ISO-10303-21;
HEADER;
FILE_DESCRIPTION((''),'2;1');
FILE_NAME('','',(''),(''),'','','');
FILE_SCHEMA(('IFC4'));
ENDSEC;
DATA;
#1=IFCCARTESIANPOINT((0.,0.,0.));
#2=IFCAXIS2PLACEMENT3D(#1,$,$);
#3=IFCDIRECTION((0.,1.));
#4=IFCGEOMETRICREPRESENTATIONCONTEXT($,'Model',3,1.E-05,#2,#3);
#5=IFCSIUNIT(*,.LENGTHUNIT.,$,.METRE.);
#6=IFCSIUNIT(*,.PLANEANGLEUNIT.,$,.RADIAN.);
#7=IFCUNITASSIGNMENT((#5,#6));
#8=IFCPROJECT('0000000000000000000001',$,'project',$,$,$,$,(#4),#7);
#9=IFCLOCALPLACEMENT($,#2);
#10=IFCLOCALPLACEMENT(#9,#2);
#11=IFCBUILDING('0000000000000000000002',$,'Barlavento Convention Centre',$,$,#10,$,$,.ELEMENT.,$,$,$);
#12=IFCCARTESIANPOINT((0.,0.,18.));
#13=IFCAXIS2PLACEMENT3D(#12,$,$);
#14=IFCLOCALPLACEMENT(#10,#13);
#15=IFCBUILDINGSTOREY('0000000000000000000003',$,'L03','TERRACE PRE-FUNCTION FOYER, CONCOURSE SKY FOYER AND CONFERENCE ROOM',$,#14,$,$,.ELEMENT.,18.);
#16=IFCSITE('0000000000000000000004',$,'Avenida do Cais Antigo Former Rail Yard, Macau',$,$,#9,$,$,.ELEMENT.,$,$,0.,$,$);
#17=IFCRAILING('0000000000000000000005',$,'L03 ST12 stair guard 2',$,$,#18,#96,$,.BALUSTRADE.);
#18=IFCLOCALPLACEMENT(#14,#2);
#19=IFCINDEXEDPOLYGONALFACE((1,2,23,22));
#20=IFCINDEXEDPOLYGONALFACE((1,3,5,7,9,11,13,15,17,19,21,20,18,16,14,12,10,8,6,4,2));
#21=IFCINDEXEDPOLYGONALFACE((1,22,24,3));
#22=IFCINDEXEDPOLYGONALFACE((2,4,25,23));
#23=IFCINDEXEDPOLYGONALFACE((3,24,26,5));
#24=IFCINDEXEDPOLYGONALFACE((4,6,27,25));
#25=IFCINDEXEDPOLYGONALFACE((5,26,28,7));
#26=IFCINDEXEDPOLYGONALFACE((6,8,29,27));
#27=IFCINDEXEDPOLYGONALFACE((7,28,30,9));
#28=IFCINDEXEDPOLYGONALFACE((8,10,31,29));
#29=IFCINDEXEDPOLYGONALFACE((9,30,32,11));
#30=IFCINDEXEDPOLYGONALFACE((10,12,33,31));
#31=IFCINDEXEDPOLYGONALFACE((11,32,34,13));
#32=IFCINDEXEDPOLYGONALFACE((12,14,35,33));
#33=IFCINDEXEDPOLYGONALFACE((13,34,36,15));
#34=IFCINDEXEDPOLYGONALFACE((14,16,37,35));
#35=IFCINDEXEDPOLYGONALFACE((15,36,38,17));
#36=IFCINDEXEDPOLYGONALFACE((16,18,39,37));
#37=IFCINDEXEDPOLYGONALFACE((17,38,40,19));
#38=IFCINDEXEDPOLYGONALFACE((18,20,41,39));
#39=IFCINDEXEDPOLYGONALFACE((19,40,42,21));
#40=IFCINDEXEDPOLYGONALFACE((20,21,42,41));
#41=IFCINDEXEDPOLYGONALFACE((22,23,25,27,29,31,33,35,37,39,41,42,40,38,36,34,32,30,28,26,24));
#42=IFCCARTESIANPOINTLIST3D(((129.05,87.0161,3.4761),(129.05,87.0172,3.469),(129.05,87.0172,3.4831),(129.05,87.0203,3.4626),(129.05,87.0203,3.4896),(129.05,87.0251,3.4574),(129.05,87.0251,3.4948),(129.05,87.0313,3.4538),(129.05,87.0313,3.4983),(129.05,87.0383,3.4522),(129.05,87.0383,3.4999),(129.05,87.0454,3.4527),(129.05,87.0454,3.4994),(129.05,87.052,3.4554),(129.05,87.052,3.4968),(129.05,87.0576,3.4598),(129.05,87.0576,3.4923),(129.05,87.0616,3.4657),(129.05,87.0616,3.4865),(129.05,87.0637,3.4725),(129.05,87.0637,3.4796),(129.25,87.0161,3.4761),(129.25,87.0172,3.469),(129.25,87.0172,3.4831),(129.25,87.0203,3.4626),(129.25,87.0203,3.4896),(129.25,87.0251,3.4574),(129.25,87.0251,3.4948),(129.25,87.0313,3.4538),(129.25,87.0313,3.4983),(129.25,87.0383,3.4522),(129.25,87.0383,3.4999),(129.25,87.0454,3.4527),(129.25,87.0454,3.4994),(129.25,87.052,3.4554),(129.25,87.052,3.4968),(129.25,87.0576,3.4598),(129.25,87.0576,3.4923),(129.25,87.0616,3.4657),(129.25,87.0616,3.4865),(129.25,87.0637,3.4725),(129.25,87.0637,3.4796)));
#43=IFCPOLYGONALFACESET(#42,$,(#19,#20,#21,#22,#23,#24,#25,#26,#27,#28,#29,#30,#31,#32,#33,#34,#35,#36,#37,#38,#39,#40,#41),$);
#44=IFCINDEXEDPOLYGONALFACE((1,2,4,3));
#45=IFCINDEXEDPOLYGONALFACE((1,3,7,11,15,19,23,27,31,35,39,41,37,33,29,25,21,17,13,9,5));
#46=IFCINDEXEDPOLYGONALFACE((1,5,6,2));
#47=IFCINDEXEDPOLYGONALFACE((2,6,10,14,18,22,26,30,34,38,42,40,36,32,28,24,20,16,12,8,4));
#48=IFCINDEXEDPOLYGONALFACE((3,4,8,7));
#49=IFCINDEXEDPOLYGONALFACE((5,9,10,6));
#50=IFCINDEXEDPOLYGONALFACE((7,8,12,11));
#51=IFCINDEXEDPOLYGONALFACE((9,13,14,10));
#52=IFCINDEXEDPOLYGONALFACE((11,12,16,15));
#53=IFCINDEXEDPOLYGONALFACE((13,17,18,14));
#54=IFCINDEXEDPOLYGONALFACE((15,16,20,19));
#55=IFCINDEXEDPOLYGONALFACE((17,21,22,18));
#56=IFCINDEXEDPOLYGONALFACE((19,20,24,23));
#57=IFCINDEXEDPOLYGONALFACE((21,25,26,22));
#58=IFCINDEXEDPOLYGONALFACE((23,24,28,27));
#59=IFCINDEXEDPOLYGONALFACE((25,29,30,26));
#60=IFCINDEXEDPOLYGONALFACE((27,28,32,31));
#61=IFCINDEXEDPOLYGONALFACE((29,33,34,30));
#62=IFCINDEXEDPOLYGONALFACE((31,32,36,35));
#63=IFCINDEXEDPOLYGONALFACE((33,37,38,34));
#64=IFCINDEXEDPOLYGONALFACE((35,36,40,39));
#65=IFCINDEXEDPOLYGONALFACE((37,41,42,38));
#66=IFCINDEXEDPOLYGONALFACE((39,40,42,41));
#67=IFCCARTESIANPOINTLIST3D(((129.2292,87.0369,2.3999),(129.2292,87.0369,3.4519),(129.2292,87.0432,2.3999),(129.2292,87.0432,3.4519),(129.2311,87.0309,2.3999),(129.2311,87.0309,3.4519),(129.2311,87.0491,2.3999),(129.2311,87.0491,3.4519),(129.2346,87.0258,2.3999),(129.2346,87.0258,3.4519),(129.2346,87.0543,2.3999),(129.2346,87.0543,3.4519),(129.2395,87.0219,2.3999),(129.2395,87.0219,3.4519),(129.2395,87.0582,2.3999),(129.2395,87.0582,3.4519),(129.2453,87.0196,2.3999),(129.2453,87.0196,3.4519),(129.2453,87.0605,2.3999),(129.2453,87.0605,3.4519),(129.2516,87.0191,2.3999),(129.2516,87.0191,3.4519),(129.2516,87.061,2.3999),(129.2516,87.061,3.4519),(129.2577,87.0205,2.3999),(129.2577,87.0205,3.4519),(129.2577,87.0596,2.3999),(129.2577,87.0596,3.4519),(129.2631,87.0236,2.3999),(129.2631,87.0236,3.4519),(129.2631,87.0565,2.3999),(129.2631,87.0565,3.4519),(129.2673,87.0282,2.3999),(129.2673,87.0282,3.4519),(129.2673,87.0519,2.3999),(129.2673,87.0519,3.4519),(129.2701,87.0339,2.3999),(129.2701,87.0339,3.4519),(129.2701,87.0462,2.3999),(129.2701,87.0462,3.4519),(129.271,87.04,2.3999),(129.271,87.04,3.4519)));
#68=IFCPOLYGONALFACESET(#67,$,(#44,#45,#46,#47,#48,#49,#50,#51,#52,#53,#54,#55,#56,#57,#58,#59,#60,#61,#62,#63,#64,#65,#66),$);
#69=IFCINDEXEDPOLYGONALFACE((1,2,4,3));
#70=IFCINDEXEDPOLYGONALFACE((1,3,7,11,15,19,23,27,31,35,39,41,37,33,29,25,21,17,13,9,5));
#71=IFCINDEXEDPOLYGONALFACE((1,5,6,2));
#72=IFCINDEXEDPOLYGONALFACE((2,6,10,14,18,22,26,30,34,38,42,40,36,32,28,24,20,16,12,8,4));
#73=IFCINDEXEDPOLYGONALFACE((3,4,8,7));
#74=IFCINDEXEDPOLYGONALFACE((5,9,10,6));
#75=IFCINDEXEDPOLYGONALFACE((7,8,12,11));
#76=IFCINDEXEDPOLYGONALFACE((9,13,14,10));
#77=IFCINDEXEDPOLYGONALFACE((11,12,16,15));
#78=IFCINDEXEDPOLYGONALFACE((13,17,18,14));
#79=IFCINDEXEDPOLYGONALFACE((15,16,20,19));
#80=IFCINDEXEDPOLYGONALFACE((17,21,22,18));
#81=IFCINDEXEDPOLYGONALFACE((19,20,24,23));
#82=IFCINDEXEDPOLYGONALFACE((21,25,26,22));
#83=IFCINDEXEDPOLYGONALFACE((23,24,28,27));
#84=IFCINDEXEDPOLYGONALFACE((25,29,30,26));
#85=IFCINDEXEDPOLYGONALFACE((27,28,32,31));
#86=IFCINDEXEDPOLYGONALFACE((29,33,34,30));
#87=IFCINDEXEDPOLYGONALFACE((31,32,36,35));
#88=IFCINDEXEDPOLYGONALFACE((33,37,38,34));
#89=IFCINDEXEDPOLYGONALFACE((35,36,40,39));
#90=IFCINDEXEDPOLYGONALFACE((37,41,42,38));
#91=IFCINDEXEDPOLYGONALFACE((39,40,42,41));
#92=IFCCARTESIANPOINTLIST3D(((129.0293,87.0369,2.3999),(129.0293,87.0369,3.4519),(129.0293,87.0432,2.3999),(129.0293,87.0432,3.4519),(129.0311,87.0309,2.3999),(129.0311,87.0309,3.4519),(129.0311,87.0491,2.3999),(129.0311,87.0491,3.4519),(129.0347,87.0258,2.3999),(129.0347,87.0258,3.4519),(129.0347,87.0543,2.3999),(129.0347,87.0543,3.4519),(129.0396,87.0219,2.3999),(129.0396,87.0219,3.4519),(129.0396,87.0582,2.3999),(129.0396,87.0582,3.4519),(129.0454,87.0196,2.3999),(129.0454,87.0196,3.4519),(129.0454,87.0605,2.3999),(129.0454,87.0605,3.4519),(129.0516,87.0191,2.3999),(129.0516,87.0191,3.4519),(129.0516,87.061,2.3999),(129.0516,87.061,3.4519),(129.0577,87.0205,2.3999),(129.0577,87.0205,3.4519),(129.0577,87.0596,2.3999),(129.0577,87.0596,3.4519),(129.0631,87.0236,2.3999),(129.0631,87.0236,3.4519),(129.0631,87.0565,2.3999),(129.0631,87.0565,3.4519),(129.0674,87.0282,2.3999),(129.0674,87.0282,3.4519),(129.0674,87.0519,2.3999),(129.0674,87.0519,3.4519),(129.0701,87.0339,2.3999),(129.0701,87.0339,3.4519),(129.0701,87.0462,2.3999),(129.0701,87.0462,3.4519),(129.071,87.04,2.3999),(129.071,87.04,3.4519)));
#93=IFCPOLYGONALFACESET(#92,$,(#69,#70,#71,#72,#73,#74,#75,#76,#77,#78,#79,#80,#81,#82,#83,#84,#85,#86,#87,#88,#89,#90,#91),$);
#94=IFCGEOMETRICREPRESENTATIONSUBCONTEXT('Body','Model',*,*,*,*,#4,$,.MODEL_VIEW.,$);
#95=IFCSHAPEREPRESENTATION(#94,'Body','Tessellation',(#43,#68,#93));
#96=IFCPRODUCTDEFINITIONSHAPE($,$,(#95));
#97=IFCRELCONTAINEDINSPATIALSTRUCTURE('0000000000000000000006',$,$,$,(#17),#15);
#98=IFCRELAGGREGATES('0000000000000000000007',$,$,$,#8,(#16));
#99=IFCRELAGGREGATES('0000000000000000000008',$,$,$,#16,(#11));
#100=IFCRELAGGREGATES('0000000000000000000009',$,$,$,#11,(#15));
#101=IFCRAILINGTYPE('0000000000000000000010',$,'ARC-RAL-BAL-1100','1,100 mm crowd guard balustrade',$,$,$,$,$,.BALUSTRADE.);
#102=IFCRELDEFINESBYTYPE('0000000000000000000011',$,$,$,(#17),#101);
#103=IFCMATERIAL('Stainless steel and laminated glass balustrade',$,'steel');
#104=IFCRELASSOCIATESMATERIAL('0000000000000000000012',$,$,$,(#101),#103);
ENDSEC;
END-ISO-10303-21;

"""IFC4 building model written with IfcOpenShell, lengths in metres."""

from ifc_helpers import new_model, si_unit, direction, frame, origin, origin_2d, place, context, subcontext, project, spatial, circle, extrude, material, type_object, element, save


model = new_model("IFC4")

# Units and contexts
model_context = context("Model", 3, precision=1e-05, world=origin(), true_north=direction((0.0, 1.0)))
body_context = subcontext(model_context, "Body", "Model", "MODEL_VIEW")
ifc_project = project(units=[si_unit("LENGTHUNIT", "METRE"), si_unit("PLANEANGLEUNIT", "RADIAN")], contexts=[model_context])

# Site, building, storey
site_placement = place(None, origin())
site = spatial("IfcSite", under=ifc_project, at=site_placement, Name="Avenida do Cais Antigo Former Rail Yard, Macau", CompositionType="ELEMENT", RefElevation=0.0)
building_placement = place(site_placement, origin())
building = spatial("IfcBuilding", under=site, at=building_placement, Name="Barlavento Convention Centre", CompositionType="ELEMENT")
storey_placement = place(building_placement, frame((0.0, 0.0, 18.0)))
storey = spatial("IfcBuildingStorey", under=building, at=storey_placement, Name="L03", Description="TERRACE PRE-FUNCTION FOYER, CONCOURSE SKY FOYER AND CONFERENCE ROOM", CompositionType="ELEMENT", Elevation=18.0)

# Railing
ifc_material_1 = material(Name="Stainless steel and laminated glass balustrade", Category="steel")
railing_type_1 = type_object("IfcRailingType", Name="ARC-RAL-BAL-1100", Description="1,100 mm crowd guard balustrade", PredefinedType="BALUSTRADE", material=ifc_material_1)
railing_1_placement = place(storey_placement, frame((129.25, 87.04, 2.3999)))
element("IfcRailing", 1, at=railing_1_placement, inside=storey, type_object=railing_type_1, Name="L03 ST12 stair guard 2", PredefinedType="BALUSTRADE", context=body_context, shape_type="SweptSolid", body=[
    extrude(circle(Radius=0.0239, at=origin_2d()), frame((0.0, 0.0, 1.0762), z_axis=(-1.0, 0.0, 0.0), x_axis=(0.0, -1.0, 0.0)), (0.0, 0.0, 1.0), 0.2),
    extrude(circle(Radius=0.021, at=origin_2d()), origin(), (0.0, 0.0, 1.0), 1.052),
    extrude(circle(Radius=0.021, at=origin_2d()), frame((-0.2, 0.0, 0.0)), (0.0, 0.0, 1.0), 1.052),
])

save(model, "model.ifc")
